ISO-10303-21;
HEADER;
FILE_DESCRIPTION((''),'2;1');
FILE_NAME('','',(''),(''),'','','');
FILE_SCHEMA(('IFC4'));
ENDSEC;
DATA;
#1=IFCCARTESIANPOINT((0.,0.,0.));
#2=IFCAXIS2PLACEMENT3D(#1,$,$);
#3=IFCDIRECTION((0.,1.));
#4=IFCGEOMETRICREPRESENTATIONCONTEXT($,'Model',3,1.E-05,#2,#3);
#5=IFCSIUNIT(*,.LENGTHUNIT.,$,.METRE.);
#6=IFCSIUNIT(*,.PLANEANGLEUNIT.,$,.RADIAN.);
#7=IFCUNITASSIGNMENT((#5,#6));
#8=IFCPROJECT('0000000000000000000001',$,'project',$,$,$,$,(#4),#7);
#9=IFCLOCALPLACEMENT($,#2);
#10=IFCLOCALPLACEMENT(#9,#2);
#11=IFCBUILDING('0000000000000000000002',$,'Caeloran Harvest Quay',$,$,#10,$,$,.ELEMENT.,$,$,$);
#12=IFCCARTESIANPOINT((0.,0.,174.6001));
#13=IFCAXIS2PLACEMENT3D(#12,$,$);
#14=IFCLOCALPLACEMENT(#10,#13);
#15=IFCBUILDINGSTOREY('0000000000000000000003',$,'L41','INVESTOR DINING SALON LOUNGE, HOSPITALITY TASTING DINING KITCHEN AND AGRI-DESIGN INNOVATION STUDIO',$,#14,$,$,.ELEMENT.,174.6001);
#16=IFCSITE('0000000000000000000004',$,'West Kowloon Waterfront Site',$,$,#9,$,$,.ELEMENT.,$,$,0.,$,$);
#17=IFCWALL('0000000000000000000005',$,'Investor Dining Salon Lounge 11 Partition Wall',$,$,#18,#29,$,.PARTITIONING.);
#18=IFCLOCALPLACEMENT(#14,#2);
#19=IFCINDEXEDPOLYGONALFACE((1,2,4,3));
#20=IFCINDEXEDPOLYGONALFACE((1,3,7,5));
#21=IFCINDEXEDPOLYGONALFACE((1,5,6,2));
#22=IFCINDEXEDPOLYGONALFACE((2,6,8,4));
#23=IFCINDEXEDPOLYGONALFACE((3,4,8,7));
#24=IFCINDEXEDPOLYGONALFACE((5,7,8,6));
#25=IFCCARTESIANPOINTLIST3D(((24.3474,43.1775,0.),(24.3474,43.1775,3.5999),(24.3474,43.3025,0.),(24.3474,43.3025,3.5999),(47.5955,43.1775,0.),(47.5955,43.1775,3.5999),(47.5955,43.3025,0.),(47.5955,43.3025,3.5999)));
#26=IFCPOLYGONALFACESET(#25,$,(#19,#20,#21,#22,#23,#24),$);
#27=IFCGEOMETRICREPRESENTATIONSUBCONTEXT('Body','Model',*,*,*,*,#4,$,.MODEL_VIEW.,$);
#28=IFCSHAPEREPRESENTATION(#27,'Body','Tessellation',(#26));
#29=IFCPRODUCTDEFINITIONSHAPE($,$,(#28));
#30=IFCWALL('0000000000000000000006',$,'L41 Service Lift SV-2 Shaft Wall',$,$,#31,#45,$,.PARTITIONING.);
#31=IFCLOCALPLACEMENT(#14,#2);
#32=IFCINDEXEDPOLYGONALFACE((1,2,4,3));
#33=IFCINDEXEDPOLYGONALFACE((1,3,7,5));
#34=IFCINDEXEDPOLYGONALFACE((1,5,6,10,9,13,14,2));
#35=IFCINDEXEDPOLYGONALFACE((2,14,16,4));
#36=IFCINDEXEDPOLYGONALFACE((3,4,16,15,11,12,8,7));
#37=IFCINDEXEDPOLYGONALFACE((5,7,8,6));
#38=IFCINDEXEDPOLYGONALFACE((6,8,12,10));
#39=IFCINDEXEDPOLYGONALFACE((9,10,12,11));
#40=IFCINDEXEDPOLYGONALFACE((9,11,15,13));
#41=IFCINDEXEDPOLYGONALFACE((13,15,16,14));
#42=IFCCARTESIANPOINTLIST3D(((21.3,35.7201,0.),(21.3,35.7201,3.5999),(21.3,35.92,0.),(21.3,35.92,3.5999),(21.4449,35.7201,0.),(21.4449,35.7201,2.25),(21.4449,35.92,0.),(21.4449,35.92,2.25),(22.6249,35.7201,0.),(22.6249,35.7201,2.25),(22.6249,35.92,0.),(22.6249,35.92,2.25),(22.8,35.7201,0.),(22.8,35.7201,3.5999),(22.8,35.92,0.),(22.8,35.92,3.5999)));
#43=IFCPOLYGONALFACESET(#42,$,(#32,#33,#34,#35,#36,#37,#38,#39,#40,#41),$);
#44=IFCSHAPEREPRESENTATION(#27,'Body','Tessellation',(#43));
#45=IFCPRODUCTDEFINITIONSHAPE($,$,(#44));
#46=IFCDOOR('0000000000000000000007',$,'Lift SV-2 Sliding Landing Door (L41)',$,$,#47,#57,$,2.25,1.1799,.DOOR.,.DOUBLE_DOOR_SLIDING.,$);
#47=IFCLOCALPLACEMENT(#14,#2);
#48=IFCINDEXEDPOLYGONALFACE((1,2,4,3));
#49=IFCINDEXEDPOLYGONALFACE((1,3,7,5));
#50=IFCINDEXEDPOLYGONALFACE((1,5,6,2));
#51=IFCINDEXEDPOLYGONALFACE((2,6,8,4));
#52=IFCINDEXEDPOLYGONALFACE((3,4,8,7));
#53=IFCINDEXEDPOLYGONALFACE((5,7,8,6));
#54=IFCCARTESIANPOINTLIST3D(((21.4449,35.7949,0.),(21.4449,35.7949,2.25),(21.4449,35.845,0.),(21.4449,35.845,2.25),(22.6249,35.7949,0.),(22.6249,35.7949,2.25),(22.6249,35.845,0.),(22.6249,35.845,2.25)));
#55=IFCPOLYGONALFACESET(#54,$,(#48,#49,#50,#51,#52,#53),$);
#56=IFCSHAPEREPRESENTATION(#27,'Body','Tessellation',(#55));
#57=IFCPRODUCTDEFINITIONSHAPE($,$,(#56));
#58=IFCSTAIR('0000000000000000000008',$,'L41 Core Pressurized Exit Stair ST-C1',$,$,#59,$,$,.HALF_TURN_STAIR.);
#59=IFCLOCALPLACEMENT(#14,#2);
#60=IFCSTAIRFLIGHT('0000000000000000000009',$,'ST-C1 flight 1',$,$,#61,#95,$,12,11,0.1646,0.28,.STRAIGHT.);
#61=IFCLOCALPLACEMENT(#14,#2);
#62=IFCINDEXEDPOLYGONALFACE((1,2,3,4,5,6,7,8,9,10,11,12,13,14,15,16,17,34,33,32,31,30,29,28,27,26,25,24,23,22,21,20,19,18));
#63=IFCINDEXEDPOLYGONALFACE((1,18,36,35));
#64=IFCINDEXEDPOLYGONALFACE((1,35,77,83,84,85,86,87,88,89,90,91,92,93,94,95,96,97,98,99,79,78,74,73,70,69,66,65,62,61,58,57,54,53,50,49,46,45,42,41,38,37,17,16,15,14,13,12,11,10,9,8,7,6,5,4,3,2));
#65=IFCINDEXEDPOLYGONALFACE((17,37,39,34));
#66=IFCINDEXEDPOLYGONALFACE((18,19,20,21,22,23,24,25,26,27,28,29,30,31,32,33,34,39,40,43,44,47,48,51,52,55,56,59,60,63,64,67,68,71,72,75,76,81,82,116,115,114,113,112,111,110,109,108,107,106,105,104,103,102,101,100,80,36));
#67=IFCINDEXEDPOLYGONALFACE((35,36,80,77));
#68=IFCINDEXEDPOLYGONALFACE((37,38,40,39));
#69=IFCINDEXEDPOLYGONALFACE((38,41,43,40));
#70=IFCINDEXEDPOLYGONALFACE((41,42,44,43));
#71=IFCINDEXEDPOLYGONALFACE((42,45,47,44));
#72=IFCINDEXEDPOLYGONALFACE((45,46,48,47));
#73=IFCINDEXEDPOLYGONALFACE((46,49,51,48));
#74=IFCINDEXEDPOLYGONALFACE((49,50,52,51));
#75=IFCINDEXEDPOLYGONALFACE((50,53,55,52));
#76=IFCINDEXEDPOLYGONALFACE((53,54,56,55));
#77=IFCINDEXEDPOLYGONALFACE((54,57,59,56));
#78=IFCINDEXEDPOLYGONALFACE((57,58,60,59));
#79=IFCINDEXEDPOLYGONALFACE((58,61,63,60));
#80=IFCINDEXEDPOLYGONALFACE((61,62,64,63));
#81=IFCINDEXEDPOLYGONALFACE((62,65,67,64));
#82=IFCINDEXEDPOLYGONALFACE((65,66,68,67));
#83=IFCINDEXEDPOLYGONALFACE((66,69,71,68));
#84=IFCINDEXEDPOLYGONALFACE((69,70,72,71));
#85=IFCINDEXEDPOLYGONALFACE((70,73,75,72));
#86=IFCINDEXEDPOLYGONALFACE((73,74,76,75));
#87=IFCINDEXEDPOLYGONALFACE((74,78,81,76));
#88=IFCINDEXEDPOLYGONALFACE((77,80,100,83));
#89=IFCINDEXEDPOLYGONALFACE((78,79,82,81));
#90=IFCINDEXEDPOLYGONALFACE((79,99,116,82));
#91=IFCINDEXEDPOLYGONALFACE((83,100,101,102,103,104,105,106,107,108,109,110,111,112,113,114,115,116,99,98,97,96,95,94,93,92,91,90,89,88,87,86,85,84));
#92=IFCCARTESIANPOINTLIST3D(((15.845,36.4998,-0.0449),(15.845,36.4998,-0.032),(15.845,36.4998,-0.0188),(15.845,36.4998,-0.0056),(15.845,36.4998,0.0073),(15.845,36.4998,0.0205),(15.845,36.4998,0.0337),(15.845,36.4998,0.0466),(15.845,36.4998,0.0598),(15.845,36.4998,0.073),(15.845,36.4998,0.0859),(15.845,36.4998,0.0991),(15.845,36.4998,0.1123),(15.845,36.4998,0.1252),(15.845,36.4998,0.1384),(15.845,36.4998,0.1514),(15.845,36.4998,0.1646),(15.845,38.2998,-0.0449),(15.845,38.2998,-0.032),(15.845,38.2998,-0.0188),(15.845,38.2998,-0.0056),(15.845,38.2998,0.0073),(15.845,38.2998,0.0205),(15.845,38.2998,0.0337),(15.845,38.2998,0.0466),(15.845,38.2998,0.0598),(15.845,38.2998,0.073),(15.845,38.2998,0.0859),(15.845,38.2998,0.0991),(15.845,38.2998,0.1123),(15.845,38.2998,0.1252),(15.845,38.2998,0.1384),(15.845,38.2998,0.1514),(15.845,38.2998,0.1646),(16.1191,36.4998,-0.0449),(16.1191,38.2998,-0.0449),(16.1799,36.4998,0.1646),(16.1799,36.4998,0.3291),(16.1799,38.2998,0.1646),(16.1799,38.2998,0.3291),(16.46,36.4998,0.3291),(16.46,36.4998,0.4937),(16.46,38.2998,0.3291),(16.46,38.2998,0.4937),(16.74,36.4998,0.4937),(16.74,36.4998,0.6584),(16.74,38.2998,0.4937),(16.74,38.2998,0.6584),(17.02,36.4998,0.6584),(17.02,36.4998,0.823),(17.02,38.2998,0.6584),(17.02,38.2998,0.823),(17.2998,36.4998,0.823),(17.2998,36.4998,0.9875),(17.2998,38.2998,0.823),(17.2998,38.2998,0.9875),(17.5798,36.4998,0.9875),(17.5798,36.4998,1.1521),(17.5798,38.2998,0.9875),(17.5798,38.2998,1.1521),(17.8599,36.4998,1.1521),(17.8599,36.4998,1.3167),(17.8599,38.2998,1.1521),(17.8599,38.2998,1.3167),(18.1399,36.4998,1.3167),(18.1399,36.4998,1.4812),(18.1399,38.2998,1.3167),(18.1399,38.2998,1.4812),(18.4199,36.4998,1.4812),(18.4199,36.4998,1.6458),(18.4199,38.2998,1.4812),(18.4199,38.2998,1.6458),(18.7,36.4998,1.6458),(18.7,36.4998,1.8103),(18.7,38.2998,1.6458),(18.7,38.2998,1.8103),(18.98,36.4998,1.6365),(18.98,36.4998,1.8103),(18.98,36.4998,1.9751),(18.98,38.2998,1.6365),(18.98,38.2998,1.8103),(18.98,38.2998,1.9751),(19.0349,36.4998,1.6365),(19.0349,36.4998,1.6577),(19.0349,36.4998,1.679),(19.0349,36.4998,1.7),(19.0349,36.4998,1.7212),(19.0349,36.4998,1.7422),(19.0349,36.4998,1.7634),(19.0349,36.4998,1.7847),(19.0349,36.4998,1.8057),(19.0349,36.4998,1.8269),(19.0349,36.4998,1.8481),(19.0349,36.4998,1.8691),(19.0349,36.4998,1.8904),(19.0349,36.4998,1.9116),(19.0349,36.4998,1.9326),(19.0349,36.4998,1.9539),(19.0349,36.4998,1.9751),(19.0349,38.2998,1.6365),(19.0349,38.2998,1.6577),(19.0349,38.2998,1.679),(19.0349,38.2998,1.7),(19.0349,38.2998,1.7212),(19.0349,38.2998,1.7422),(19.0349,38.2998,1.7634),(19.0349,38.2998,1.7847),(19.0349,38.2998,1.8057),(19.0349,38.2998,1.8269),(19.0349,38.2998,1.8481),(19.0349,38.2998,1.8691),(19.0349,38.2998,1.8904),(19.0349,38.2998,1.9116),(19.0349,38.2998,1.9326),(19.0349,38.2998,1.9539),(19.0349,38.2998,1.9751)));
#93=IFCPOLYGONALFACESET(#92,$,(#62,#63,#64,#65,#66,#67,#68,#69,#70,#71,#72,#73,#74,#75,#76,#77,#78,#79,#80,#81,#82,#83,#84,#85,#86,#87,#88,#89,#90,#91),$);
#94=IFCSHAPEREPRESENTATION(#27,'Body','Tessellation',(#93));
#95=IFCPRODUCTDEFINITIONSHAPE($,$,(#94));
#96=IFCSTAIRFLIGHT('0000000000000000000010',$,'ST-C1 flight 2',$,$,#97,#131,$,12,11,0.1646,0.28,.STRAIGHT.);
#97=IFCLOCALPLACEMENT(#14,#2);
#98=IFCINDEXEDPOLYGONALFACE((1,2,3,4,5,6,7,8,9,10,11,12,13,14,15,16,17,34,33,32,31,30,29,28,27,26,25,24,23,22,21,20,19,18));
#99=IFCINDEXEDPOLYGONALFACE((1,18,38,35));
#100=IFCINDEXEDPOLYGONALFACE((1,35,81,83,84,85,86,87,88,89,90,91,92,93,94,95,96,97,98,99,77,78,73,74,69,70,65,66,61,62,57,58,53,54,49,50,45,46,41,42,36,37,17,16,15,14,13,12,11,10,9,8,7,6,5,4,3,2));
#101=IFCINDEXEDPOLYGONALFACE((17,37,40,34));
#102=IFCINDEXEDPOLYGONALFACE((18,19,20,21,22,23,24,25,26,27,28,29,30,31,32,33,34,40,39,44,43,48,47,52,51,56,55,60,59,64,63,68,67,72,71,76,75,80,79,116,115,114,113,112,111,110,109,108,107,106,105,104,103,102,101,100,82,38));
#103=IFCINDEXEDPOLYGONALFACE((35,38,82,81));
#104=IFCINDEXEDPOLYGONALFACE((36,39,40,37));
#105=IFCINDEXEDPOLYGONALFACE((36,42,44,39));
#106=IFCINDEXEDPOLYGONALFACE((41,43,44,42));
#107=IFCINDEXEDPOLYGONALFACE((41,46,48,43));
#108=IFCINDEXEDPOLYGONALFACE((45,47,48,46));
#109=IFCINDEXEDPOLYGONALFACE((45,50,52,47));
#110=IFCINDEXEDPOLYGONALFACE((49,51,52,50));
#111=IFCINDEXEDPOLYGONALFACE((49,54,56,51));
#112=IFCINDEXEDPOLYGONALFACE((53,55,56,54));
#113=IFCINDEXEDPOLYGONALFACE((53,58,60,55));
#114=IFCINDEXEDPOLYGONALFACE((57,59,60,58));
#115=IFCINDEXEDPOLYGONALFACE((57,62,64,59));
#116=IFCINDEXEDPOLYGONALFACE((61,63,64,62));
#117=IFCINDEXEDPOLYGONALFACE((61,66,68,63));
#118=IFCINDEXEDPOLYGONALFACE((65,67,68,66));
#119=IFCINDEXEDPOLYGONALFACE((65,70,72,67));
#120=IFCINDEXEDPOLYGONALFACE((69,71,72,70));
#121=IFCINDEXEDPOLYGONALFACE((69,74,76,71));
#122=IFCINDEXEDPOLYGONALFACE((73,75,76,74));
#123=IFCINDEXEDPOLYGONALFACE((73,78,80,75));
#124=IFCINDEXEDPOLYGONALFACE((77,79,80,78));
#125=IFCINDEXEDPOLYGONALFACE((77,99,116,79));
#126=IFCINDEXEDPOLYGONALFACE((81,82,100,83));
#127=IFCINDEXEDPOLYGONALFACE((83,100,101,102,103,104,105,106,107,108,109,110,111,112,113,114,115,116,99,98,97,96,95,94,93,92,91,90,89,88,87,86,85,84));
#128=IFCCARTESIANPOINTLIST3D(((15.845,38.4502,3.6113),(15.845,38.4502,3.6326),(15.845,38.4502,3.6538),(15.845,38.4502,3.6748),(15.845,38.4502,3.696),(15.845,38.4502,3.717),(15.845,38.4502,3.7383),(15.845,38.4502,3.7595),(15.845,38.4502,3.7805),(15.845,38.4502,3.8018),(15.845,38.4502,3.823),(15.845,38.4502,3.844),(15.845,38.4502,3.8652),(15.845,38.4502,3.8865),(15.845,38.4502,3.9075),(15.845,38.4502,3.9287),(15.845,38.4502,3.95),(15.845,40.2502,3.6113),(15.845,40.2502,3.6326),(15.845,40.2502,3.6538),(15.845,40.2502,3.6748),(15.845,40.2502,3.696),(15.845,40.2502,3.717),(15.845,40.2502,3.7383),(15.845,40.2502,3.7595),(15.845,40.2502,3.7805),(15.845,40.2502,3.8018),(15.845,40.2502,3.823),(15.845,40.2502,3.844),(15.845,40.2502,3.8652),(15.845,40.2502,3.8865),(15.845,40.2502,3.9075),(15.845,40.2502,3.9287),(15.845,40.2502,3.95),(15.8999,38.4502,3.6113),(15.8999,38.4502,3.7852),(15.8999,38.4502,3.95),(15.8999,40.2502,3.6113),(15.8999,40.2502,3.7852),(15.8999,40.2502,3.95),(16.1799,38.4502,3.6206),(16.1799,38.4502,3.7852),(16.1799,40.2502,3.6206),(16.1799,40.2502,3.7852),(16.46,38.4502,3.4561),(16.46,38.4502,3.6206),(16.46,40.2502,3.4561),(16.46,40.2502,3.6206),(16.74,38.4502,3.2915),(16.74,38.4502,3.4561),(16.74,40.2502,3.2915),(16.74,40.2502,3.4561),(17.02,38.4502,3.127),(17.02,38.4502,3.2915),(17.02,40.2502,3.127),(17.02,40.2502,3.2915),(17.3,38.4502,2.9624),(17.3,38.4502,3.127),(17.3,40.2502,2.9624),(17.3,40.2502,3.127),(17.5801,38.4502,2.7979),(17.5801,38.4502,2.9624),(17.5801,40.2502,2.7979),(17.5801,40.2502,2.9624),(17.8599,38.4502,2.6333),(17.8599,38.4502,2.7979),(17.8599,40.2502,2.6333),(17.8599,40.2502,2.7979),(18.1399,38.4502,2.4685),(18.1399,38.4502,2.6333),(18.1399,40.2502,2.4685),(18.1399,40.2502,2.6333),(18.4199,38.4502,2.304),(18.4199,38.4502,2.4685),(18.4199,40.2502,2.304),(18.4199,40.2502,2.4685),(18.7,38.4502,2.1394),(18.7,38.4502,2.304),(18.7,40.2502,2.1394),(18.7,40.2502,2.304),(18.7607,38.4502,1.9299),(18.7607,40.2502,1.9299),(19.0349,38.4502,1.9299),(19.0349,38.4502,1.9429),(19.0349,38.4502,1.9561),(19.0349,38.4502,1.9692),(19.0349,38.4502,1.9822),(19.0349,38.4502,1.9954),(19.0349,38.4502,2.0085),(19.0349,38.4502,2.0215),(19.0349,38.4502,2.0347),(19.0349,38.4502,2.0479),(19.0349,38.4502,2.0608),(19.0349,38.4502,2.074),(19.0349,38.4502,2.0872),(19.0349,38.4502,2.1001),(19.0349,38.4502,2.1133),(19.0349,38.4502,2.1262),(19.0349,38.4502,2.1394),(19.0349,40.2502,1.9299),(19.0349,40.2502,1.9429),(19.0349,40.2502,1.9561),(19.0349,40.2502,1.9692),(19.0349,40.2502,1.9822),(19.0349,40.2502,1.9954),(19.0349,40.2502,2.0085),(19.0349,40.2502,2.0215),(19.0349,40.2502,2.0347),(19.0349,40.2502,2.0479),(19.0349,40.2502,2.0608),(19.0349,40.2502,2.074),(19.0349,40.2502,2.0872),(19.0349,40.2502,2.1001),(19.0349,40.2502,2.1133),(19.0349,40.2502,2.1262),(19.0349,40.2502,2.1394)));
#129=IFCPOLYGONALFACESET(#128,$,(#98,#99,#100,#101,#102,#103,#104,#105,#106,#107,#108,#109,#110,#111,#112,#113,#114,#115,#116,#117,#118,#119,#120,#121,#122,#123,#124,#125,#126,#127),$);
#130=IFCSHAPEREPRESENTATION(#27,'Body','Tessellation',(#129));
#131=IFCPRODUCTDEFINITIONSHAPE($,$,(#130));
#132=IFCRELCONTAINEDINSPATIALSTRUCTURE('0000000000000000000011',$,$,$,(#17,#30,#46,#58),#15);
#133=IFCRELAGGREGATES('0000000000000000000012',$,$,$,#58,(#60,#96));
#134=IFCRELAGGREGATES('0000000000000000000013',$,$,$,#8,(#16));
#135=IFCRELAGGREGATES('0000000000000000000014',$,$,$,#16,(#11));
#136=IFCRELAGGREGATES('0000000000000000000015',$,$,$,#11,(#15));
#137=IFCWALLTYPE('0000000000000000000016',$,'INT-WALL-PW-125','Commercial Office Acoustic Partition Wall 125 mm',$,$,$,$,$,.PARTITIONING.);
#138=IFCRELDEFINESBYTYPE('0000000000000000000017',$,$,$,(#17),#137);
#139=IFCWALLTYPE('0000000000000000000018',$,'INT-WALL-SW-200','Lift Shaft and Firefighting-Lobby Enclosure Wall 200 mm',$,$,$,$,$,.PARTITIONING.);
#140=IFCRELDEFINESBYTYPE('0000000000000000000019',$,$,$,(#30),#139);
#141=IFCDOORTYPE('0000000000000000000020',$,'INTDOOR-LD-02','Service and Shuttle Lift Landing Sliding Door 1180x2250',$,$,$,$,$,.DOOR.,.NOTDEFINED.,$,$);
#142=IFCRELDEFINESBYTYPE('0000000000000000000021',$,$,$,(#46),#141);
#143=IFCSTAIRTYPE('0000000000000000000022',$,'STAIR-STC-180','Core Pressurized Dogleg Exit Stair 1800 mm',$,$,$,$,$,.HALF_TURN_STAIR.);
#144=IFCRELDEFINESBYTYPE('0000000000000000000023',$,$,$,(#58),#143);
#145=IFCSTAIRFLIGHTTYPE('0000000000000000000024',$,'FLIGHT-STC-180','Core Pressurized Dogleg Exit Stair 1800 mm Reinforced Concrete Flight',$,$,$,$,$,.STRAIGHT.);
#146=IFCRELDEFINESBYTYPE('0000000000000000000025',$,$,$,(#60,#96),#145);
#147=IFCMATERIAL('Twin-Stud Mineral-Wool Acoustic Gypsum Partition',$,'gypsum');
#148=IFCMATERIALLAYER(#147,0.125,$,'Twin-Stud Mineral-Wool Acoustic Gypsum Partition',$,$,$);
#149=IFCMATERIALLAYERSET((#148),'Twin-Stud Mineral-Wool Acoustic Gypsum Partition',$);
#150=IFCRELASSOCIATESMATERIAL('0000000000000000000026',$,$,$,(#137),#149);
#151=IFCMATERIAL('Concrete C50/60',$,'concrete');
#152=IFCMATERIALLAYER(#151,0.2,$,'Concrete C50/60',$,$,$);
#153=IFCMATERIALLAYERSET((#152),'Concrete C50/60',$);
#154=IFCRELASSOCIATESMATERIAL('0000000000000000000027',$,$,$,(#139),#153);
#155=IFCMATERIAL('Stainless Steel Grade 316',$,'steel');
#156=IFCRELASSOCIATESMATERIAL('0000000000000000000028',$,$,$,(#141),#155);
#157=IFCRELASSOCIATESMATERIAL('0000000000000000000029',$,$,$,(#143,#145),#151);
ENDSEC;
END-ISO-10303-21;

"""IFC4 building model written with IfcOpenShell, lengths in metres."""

from ifc_helpers import new_model, si_unit, direction, frame, frame_2d, origin, place, context, subcontext, project, spatial, polyline, rectangle, outline, extrude, material, layer, layer_set, type_object, element, fill, aggregate, save


model = new_model("IFC4")

# Units and contexts
model_context = context("Model", 3, precision=1e-05, world=origin(), true_north=direction((0.0, 1.0)))
body_context = subcontext(model_context, "Body", "Model", "MODEL_VIEW")
ifc_project = project(units=[si_unit("LENGTHUNIT", "METRE"), si_unit("PLANEANGLEUNIT", "RADIAN")], contexts=[model_context])

# Site, building, storey
site_placement = place(None, origin())
site = spatial("IfcSite", under=ifc_project, at=site_placement, Name="West Kowloon Waterfront Site", CompositionType="ELEMENT", RefElevation=0.0)
building_placement = place(site_placement, origin())
building = spatial("IfcBuilding", under=site, at=building_placement, Name="Caeloran Harvest Quay", CompositionType="ELEMENT")
storey_placement = place(building_placement, frame((0.0, 0.0, 174.6001)))
storey = spatial("IfcBuildingStorey", under=building, at=storey_placement, Name="L41", Description="INVESTOR DINING SALON LOUNGE, HOSPITALITY TASTING DINING KITCHEN AND AGRI-DESIGN INNOVATION STUDIO", CompositionType="ELEMENT", Elevation=174.6001)

# Wall
ifc_material_1 = material(Name="Twin-Stud Mineral-Wool Acoustic Gypsum Partition", Category="gypsum")
ifc_layer_1 = layer(ifc_material_1, 0.125, Name="Twin-Stud Mineral-Wool Acoustic Gypsum Partition")
ifc_layer_set_1 = layer_set([ifc_layer_1], Name="Twin-Stud Mineral-Wool Acoustic Gypsum Partition")
wall_type_1 = type_object("IfcWallType", Name="INT-WALL-PW-125", Description="Commercial Office Acoustic Partition Wall 125 mm", PredefinedType="PARTITIONING", material=ifc_layer_set_1)
wall_1_placement = place(storey_placement, frame((24.3474, 43.24, 0.0), z_axis=(0.0, 0.0, 1.0), x_axis=(1.0, 0.0, 0.0)))
element("IfcWall", 1, at=wall_1_placement, inside=storey, type_object=wall_type_1, Name="Investor Dining Salon Lounge 11 Partition Wall", PredefinedType="PARTITIONING", context=body_context, shape_type="SweptSolid", body=[
    extrude(rectangle(XDim=23.248, YDim=0.125, at=frame_2d((11.624, 0.0))), origin(), (0.0, 0.0, 1.0), 3.5999),
])

# Wall, opening, door
ifc_material_2 = material(Name="Concrete C50/60", Category="concrete")
ifc_layer_2 = layer(ifc_material_2, 0.2, Name="Concrete C50/60")
ifc_layer_set_2 = layer_set([ifc_layer_2], Name="Concrete C50/60")
wall_type_2 = type_object("IfcWallType", Name="INT-WALL-SW-200", Description="Lift Shaft and Firefighting-Lobby Enclosure Wall 200 mm", PredefinedType="PARTITIONING", material=ifc_layer_set_2)
wall_2_placement = place(storey_placement, frame((21.3, 35.8201, 0.0), z_axis=(0.0, 0.0, 1.0), x_axis=(1.0, 0.0, 0.0)))
wall_2 = element("IfcWall", 2, at=wall_2_placement, inside=storey, type_object=wall_type_2, Name="L41 Service Lift SV-2 Shaft Wall", PredefinedType="PARTITIONING", context=body_context, shape_type="SweptSolid", body=[
    extrude(rectangle(XDim=1.5, YDim=0.2, at=frame_2d((0.75, 0.0))), origin(), (0.0, 0.0, 1.0), 3.5999),
])
opening_placement = place(wall_2_placement, frame((0.145, 0.0, 0.0)))
opening = element("IfcOpeningElement", 3, at=opening_placement, cuts=wall_2, PredefinedType="OPENING", context=body_context, shape_type="SweptSolid", body=[
    extrude(rectangle(XDim=1.1799, YDim=2.25, at=frame_2d((0.5898, 1.125))), frame((0.0, 0.1099, 0.0), z_axis=(0.0, -1.0, 0.0), x_axis=(1.0, 0.0, 0.0)), (0.0, 0.0, 1.0), 0.22),
])
ifc_material_3 = material(Name="Stainless Steel Grade 316", Category="steel")
door_type = type_object("IfcDoorType", Name="INTDOOR-LD-02", Description="Service and Shuttle Lift Landing Sliding Door 1180x2250", OperationType="NOTDEFINED", PredefinedType="DOOR", material=ifc_material_3)
door_placement = place(opening_placement, origin())
door = element("IfcDoor", 4, at=door_placement, inside=storey, type_object=door_type, Name="Lift SV-2 Sliding Landing Door (L41)", OperationType="DOUBLE_DOOR_SLIDING", OverallHeight=2.25, OverallWidth=1.1799, PredefinedType="DOOR", context=body_context, shape_type="SweptSolid", body=[
    extrude(rectangle(XDim=1.1799, YDim=2.25, at=frame_2d((0.5898, 1.125))), frame((0.0, 0.0249, 0.0), z_axis=(0.0, -1.0, 0.0), x_axis=(1.0, 0.0, 0.0)), (0.0, 0.0, 1.0), 0.05),
])
fill(opening, door)

# Stair, stair flights
stair_type = type_object("IfcStairType", Name="STAIR-STC-180", Description="Core Pressurized Dogleg Exit Stair 1800 mm", PredefinedType="HALF_TURN_STAIR", material=ifc_material_2)
stair_placement = place(storey_placement, origin())
stair = element("IfcStair", 5, at=stair_placement, inside=storey, type_object=stair_type, Name="L41 Core Pressurized Exit Stair ST-C1", PredefinedType="HALF_TURN_STAIR")
stair_flight_type = type_object("IfcStairFlightType", Name="FLIGHT-STC-180", Description="Core Pressurized Dogleg Exit Stair 1800 mm Reinforced Concrete Flight", PredefinedType="STRAIGHT", material=ifc_material_2)
stair_flight_1_placement = place(storey_placement, frame((15.8999, 37.3999, 0.0), z_axis=(0.0, 0.0, 1.0), x_axis=(1.0, 0.0, 0.0)))
stair_flight_1 = element("IfcStairFlight", 6, at=stair_flight_1_placement, type_object=stair_flight_type, Name="ST-C1 flight 1", NumberOfRisers=12, NumberOfTreads=11, PredefinedType="STRAIGHT", RiserHeight=0.1646, TreadLength=0.28, context=body_context, shape_type="SweptSolid", body=[
    extrude(outline(polyline([(-0.0549, -0.0449), (-0.0549, -0.032), (-0.0549, -0.0188), (-0.0549, -0.0056), (-0.0549, 0.0073), (-0.0549, 0.0205), (-0.0549, 0.0337), (-0.0549, 0.0466), (-0.0549, 0.0598), (-0.0549, 0.073), (-0.0549, 0.0859), (-0.0549, 0.0991), (-0.0549, 0.1123), (-0.0549, 0.1252), (-0.0549, 0.1384), (-0.0549, 0.1514), (-0.0549, 0.1646), (0.28, 0.1646), (0.28, 0.3291), (0.5601, 0.3291), (0.5601, 0.4937), (0.8401, 0.4937), (0.8401, 0.6584), (1.1201, 0.6584), (1.1201, 0.823), (1.3999, 0.823), (1.3999, 0.9875), (1.6799, 0.9875), (1.6799, 1.1521), (1.96, 1.1521), (1.96, 1.3167), (2.24, 1.3167), (2.24, 1.4812), (2.52, 1.4812), (2.52, 1.6458), (2.8, 1.6458), (2.8, 1.8103), (3.0801, 1.8103), (3.0801, 1.9751), (3.135, 1.9751), (3.135, 1.9539), (3.135, 1.9326), (3.135, 1.9116), (3.135, 1.8904), (3.135, 1.8691), (3.135, 1.8481), (3.135, 1.8269), (3.135, 1.8057), (3.135, 1.7847), (3.135, 1.7634), (3.135, 1.7422), (3.135, 1.7212), (3.135, 1.7), (3.135, 1.679), (3.135, 1.6577), (3.135, 1.6365), (3.0801, 1.6365), (0.2192, -0.0449), (-0.0549, -0.0449)])), frame((0.0, 0.8999, 0.0), z_axis=(0.0, -1.0, 0.0), x_axis=(1.0, 0.0, 0.0)), (0.0, 0.0, 1.0), 1.8),
])
stair_flight_2_placement = place(storey_placement, frame((18.98, 39.3501, 1.9749), z_axis=(0.0, 0.0, 1.0), x_axis=(-1.0, 0.0, 0.0)))
stair_flight_2 = element("IfcStairFlight", 7, at=stair_flight_2_placement, type_object=stair_flight_type, Name="ST-C1 flight 2", NumberOfRisers=12, NumberOfTreads=11, PredefinedType="STRAIGHT", RiserHeight=0.1646, TreadLength=0.28, context=body_context, shape_type="SweptSolid", body=[
    extrude(outline(polyline([(-0.0549, -0.0449), (-0.0549, -0.032), (-0.0549, -0.0188), (-0.0549, -0.0056), (-0.0549, 0.0073), (-0.0549, 0.0205), (-0.0549, 0.0337), (-0.0549, 0.0466), (-0.0549, 0.0598), (-0.0549, 0.073), (-0.0549, 0.0859), (-0.0549, 0.0991), (-0.0549, 0.1123), (-0.0549, 0.1252), (-0.0549, 0.1384), (-0.0549, 0.1514), (-0.0549, 0.1646), (0.28, 0.1646), (0.28, 0.3291), (0.5601, 0.3291), (0.5601, 0.4937), (0.8401, 0.4937), (0.8401, 0.6584), (1.1201, 0.6584), (1.1201, 0.823), (1.3999, 0.823), (1.3999, 0.9875), (1.6799, 0.9875), (1.6799, 1.1521), (1.96, 1.1521), (1.96, 1.3167), (2.24, 1.3167), (2.24, 1.4812), (2.52, 1.4812), (2.52, 1.6458), (2.8, 1.6458), (2.8, 1.8103), (3.0801, 1.8103), (3.0801, 1.9751), (3.135, 1.9751), (3.135, 1.9539), (3.135, 1.9326), (3.135, 1.9116), (3.135, 1.8904), (3.135, 1.8691), (3.135, 1.8481), (3.135, 1.8269), (3.135, 1.8057), (3.135, 1.7847), (3.135, 1.7634), (3.135, 1.7422), (3.135, 1.7212), (3.135, 1.7), (3.135, 1.679), (3.135, 1.6577), (3.135, 1.6365), (3.0801, 1.6365), (0.2192, -0.0449), (-0.0549, -0.0449)])), frame((0.0, 0.8999, 0.0), z_axis=(0.0, -1.0, 0.0), x_axis=(1.0, 0.0, 0.0)), (0.0, 0.0, 1.0), 1.8),
])
aggregate(stair, [stair_flight_1, stair_flight_2])

save(model, "model.ifc")
